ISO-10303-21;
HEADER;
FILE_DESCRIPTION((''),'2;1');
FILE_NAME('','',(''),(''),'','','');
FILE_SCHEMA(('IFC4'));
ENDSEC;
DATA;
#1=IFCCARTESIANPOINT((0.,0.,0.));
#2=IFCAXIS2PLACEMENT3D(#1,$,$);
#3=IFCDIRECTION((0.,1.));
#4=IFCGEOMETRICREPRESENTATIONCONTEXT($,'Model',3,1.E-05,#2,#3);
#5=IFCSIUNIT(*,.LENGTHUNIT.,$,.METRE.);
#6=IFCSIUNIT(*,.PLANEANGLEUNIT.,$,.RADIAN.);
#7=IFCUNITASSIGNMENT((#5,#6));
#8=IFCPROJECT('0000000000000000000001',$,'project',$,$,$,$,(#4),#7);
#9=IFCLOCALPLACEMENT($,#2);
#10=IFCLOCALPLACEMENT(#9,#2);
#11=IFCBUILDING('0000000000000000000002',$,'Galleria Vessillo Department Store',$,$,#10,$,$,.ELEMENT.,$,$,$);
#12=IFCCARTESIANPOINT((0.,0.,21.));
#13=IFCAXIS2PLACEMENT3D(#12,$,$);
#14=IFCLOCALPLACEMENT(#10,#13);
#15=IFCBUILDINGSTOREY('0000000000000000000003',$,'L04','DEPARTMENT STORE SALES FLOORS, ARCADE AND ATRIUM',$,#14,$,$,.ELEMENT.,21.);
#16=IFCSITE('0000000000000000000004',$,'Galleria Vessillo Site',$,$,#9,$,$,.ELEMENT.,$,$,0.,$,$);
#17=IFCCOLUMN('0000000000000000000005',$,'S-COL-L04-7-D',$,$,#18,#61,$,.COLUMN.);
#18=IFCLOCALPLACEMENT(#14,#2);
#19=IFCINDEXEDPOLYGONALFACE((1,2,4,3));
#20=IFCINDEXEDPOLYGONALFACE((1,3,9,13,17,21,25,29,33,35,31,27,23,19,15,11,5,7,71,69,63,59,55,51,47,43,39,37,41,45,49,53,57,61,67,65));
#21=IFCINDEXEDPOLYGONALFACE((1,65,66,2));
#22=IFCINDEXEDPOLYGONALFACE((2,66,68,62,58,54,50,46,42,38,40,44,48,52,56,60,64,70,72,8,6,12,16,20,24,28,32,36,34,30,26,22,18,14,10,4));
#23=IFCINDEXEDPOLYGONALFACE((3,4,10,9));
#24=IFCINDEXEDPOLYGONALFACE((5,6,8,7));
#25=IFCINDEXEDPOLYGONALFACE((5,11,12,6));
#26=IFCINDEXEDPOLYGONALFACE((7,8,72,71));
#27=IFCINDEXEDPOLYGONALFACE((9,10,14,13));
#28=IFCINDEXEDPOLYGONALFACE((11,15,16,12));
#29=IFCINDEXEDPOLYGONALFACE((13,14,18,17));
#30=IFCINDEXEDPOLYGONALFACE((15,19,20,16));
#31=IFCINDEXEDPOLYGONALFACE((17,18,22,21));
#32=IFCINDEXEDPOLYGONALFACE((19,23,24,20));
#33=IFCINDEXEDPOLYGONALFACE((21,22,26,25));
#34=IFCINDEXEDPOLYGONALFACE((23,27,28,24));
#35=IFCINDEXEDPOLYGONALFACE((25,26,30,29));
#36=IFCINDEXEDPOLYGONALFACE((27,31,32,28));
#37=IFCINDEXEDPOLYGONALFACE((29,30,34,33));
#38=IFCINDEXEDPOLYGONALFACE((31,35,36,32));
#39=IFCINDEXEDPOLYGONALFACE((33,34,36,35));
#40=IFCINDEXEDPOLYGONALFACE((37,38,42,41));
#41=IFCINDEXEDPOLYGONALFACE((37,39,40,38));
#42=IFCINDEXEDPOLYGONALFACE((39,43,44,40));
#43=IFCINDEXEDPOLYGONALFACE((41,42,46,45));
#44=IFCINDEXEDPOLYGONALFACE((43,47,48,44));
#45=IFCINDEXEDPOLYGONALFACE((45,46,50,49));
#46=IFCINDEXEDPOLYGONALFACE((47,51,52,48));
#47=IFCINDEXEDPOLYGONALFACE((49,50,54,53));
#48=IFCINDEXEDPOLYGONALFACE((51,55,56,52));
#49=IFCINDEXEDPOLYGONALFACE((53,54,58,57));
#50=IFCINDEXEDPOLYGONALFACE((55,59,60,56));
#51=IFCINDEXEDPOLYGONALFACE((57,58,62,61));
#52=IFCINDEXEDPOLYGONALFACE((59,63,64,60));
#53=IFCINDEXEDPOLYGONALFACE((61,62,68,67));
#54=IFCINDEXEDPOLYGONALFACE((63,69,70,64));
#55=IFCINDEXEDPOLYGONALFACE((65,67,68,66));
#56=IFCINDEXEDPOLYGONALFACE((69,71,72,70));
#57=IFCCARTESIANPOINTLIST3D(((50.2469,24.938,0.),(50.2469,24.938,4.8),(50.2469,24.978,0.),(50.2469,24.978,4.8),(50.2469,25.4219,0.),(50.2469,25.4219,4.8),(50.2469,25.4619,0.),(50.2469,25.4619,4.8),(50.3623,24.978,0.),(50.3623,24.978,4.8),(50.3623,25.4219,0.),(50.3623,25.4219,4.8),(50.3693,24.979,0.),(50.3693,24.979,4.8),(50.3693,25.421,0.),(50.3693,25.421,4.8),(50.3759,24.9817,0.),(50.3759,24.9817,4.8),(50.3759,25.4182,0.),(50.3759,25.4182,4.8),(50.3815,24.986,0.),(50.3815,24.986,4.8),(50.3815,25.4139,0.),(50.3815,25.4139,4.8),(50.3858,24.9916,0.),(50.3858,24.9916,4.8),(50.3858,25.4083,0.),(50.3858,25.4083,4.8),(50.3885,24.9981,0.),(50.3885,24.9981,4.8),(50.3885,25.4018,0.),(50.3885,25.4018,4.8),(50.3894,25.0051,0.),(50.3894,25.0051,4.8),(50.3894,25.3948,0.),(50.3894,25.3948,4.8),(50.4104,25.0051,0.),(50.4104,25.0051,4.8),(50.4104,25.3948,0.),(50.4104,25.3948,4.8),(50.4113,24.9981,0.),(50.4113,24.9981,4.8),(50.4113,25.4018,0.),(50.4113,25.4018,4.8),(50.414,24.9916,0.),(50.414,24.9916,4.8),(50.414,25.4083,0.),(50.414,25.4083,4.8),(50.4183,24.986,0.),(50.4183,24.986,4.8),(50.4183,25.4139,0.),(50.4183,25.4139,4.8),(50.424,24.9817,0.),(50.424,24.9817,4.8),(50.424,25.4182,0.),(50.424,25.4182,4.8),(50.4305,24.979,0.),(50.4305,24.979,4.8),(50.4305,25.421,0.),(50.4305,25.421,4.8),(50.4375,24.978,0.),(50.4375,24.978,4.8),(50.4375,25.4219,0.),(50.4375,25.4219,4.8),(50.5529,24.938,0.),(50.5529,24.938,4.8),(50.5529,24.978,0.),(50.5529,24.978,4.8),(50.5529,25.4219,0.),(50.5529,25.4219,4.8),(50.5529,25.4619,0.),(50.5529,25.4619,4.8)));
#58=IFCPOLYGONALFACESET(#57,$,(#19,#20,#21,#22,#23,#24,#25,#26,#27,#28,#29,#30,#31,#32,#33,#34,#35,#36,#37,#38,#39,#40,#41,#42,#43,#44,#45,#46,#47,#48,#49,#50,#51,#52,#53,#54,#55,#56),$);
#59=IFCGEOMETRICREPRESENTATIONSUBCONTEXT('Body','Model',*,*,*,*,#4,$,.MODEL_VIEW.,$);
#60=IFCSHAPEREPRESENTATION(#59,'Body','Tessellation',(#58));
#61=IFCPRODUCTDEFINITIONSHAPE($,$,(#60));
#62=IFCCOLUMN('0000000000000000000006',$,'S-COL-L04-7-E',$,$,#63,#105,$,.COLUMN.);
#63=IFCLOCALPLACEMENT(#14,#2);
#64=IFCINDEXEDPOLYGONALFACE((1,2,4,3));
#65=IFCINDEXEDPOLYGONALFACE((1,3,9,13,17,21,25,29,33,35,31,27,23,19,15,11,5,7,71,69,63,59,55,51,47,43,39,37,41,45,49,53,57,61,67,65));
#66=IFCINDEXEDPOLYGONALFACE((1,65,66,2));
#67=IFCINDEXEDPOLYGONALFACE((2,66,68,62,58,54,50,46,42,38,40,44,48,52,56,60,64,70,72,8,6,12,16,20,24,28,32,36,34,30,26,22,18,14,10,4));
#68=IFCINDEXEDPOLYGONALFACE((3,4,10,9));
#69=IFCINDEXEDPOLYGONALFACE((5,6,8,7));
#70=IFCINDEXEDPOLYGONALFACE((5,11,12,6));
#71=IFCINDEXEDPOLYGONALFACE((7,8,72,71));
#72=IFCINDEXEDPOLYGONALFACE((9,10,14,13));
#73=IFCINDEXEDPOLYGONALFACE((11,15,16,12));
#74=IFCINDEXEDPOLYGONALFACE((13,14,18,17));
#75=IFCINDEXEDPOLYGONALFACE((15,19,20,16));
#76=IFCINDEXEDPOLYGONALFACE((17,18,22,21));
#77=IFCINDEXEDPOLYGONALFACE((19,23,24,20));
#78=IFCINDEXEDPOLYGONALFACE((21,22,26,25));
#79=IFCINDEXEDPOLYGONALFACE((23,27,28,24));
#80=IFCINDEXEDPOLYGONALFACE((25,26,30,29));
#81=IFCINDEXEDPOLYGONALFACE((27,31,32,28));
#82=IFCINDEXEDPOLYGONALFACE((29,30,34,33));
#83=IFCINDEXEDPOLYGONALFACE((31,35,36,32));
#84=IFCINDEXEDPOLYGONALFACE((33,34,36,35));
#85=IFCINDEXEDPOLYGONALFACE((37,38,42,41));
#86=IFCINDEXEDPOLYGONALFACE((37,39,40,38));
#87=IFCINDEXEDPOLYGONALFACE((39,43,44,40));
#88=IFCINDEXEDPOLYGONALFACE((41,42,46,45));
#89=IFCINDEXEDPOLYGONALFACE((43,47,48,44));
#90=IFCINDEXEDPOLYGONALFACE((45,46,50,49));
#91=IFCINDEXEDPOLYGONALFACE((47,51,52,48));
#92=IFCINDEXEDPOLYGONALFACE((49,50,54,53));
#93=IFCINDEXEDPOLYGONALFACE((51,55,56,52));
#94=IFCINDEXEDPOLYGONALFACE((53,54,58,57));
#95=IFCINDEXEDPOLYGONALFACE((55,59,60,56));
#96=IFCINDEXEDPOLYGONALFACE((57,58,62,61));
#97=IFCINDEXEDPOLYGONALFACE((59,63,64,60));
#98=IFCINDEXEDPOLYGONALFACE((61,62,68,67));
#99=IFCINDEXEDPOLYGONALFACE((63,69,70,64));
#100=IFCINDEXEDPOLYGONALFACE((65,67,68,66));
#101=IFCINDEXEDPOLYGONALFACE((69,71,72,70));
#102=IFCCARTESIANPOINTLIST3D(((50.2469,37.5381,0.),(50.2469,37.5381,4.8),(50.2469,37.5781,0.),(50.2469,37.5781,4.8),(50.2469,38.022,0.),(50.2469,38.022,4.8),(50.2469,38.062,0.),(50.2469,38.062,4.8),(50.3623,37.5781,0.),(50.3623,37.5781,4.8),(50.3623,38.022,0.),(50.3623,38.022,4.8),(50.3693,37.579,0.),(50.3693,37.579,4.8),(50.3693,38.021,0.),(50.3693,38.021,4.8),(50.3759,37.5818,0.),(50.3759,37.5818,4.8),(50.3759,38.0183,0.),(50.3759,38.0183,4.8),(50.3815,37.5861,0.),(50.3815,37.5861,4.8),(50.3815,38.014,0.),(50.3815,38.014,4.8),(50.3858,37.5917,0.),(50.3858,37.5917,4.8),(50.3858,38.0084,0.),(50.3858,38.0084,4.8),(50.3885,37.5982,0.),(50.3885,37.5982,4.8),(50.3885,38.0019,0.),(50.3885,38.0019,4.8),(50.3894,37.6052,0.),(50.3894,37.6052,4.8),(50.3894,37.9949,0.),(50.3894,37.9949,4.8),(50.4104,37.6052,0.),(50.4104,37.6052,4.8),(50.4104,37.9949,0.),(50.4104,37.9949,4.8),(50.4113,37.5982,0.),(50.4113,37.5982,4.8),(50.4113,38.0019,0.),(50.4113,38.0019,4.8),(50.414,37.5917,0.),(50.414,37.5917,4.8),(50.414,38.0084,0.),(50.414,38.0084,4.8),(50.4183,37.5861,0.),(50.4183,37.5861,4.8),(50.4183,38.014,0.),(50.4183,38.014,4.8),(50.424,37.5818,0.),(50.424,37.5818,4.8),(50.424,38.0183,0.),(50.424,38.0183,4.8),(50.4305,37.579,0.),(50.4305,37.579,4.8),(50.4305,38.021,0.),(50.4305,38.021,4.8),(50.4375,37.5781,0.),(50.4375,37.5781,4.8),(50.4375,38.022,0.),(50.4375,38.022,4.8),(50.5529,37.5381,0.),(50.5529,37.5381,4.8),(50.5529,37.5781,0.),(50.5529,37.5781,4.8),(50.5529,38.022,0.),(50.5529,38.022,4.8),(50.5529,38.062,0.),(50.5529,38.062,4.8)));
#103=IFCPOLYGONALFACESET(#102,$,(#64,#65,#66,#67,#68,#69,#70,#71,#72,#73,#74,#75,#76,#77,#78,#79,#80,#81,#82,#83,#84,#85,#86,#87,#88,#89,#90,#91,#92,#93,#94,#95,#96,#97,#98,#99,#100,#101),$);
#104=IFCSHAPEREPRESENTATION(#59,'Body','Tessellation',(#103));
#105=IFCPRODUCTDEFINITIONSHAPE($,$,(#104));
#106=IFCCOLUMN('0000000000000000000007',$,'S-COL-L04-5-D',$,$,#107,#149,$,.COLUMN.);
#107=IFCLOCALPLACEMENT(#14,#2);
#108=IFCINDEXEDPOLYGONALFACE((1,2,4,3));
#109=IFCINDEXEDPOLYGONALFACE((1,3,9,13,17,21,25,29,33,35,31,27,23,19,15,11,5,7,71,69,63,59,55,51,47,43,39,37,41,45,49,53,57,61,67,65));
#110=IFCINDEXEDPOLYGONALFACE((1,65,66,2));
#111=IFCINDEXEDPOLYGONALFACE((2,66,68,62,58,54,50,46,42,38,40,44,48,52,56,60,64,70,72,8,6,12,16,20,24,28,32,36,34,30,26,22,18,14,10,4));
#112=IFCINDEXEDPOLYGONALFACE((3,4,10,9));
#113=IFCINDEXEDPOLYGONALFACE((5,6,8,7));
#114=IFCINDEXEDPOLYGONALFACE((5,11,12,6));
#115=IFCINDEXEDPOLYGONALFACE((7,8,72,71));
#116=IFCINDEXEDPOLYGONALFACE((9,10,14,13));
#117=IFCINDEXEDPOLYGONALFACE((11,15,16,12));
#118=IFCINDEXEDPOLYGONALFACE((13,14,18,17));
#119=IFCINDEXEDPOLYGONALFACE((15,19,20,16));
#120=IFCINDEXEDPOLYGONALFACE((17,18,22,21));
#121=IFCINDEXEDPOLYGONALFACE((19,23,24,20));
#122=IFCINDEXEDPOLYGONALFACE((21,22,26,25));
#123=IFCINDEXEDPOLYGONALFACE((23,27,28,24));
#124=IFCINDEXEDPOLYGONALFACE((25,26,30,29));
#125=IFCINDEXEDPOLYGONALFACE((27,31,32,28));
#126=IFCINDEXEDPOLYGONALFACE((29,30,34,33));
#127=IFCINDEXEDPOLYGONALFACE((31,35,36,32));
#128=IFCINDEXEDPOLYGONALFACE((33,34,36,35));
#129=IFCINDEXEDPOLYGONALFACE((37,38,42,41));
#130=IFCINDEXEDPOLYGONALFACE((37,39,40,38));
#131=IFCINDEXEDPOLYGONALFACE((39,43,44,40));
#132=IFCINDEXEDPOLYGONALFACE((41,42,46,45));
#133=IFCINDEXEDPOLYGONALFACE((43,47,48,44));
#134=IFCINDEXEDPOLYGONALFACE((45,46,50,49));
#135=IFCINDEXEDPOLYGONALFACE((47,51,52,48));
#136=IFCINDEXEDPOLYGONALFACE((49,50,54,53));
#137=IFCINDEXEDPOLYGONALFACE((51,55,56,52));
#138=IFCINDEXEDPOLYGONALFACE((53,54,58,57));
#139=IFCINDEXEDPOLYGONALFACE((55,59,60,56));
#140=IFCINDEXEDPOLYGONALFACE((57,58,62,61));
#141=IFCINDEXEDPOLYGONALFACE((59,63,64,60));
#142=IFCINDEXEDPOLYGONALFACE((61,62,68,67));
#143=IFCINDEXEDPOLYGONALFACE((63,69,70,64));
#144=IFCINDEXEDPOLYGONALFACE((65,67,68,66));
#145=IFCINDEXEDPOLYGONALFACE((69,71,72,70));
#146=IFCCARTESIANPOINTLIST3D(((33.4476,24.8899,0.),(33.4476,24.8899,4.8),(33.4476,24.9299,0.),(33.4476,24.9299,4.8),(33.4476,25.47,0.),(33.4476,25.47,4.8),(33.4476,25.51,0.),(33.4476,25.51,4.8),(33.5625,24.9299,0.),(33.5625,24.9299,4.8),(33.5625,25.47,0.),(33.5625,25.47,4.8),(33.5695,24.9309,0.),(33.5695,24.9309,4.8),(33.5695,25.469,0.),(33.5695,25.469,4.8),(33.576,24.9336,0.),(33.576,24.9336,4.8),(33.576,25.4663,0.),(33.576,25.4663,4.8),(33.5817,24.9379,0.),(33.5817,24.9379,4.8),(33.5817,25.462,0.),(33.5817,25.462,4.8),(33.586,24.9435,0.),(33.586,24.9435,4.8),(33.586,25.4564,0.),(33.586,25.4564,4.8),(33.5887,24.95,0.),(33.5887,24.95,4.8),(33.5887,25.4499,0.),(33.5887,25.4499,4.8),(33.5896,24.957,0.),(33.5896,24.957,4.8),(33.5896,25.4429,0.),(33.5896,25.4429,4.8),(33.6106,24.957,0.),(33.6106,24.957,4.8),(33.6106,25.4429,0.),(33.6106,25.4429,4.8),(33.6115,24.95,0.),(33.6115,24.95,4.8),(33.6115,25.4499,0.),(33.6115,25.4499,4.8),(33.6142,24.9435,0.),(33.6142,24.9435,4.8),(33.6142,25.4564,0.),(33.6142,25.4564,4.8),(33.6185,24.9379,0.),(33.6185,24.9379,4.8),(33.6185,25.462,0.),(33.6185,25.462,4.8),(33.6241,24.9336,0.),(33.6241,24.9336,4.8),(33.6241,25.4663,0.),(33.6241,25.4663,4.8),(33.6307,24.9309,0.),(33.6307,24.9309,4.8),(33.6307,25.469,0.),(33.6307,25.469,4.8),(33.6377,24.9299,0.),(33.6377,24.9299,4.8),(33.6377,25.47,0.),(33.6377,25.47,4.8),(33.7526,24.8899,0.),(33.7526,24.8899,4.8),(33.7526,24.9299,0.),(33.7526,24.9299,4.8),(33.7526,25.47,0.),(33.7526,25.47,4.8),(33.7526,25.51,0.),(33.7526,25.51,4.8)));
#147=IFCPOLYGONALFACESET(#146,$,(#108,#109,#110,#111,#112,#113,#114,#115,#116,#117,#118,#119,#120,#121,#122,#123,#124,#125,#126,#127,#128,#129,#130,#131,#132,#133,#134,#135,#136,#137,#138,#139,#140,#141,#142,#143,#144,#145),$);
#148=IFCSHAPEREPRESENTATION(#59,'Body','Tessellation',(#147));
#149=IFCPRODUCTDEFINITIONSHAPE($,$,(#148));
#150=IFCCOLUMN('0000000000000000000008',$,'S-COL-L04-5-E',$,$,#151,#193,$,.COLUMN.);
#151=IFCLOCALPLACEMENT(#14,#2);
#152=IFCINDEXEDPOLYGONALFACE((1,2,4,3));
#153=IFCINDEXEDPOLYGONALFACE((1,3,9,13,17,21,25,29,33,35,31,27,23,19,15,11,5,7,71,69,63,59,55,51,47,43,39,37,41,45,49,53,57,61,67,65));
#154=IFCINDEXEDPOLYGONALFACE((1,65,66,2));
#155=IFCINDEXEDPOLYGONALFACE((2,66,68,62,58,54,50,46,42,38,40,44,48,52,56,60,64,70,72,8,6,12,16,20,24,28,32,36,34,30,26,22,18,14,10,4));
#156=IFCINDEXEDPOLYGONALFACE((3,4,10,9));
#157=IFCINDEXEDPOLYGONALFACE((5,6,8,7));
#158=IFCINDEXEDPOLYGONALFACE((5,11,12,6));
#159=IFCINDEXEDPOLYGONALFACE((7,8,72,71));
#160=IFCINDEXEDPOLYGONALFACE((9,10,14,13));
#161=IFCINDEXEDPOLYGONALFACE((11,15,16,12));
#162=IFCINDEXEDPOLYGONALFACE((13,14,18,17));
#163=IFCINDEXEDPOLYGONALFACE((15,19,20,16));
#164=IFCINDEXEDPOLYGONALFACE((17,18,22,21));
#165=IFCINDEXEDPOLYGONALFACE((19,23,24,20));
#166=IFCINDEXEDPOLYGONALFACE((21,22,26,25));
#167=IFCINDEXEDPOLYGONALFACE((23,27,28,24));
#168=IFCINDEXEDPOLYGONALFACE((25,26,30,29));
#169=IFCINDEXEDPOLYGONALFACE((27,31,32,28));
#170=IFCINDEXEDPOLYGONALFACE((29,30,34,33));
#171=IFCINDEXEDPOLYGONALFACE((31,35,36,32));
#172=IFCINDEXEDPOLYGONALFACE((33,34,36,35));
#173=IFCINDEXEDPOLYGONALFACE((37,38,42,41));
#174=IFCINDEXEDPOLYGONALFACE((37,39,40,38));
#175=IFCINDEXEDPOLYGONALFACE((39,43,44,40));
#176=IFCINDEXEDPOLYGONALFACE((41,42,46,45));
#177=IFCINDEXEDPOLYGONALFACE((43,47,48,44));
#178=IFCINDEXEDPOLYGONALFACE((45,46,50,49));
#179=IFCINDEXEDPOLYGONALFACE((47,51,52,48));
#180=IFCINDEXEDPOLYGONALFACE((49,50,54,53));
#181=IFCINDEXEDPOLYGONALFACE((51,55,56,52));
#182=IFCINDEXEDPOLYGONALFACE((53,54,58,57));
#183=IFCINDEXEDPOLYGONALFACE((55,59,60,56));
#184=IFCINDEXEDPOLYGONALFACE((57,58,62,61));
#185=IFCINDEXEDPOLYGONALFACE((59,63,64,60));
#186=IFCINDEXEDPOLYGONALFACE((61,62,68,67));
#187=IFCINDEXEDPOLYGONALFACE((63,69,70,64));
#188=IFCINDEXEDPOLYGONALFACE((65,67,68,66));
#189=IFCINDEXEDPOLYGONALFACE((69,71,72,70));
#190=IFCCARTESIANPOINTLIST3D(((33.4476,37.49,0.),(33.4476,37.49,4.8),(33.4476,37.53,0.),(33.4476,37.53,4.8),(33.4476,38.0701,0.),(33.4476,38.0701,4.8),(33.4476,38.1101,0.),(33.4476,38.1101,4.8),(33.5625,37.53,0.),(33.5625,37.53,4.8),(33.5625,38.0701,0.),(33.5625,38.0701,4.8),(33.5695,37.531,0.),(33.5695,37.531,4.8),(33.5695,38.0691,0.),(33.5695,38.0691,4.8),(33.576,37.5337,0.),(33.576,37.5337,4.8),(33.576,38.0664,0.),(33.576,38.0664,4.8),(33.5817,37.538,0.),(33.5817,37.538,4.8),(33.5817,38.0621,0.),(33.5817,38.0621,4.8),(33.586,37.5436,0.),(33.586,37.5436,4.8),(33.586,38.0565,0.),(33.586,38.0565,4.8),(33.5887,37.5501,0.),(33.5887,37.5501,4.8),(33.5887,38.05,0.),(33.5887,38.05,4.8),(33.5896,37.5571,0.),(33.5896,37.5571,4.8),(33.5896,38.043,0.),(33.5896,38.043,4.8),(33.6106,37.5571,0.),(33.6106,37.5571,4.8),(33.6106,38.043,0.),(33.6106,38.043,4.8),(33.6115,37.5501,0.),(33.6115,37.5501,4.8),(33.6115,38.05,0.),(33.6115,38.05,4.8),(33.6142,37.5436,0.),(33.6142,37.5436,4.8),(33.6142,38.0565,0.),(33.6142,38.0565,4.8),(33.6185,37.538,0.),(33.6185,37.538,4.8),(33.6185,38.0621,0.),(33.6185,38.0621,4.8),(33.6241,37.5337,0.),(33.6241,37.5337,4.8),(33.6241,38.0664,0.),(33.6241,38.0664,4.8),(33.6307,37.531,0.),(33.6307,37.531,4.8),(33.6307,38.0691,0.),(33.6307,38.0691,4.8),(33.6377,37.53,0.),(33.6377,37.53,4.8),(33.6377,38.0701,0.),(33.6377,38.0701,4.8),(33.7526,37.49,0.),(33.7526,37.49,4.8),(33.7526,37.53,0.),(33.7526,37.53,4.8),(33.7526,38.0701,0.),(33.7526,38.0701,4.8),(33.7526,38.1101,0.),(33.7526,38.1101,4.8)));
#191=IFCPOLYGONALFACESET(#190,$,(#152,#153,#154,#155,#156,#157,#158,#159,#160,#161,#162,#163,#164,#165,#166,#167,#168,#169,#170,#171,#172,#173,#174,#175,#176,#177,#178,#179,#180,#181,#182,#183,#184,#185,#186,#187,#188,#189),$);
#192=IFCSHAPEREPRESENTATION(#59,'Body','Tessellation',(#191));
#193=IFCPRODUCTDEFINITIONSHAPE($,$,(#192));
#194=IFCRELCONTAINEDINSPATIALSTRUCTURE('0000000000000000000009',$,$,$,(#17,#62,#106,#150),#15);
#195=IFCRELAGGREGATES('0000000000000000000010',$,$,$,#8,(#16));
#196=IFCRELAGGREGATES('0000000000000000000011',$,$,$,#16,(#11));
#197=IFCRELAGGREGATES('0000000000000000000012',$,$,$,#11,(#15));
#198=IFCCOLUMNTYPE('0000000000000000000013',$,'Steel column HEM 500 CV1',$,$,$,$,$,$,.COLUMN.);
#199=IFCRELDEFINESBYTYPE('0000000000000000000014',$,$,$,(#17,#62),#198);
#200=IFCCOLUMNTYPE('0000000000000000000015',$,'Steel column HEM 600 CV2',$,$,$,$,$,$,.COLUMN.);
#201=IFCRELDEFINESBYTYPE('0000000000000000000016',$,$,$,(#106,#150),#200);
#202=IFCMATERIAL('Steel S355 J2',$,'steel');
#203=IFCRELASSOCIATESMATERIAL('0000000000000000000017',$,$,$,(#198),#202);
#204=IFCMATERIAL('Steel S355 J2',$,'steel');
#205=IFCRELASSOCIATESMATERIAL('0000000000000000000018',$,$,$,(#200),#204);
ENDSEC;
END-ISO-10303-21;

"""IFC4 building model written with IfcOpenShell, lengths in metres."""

from ifc_helpers import new_model, si_unit, direction, frame, origin, origin_2d, place, context, subcontext, project, spatial, i_section, extrude, material, material_profile, profile_set, type_object, element, save


model = new_model("IFC4")

# Units and contexts
model_context = context("Model", 3, precision=1e-05, world=origin(), true_north=direction((0.0, 1.0)))
body_context = subcontext(model_context, "Body", "Model", "MODEL_VIEW")
ifc_project = project(units=[si_unit("LENGTHUNIT", "METRE"), si_unit("PLANEANGLEUNIT", "RADIAN")], contexts=[model_context])

# Site, building, storey
site_placement = place(None, origin())
site = spatial("IfcSite", under=ifc_project, at=site_placement, Name="Galleria Vessillo Site", CompositionType="ELEMENT", RefElevation=0.0)
building_placement = place(site_placement, origin())
building = spatial("IfcBuilding", under=site, at=building_placement, Name="Galleria Vessillo Department Store", CompositionType="ELEMENT")
storey_placement = place(building_placement, frame((0.0, 0.0, 21.0)))
storey = spatial("IfcBuildingStorey", under=building, at=storey_placement, Name="L04", Description="DEPARTMENT STORE SALES FLOORS, ARCADE AND ATRIUM", CompositionType="ELEMENT", Elevation=21.0)

# Columns
ifc_material_1 = material(Name="Steel S355 J2", Category="steel")
ifc_material_profile_1 = material_profile(ifc_material_1, i_section(OverallWidth=0.3059, OverallDepth=0.5239, WebThickness=0.021, FlangeThickness=0.04, FilletRadius=0.0271, at=origin_2d()), Name="HEM 500")
ifc_profile_set_1 = profile_set([ifc_material_profile_1], Name="Steel S355 J2")
column_type_1 = type_object("IfcColumnType", Name="Steel column HEM 500 CV1", PredefinedType="COLUMN", material=ifc_profile_set_1)
for number, where, z_axis, x_axis, name in (
    (1, (50.3999, 25.2, 0.0), (0.0, 0.0, 1.0), (1.0, 0.0, 0.0), "S-COL-L04-7-D"),
    (2, (50.3999, 37.8, 0.0), (0.0, 0.0, 1.0), (1.0, 0.0, 0.0), "S-COL-L04-7-E"),
):
    element("IfcColumn", number, at=place(storey_placement, frame(where, z_axis=z_axis, x_axis=x_axis)), inside=storey, type_object=column_type_1, Name=name, PredefinedType="COLUMN", context=body_context, shape_type="SweptSolid", body=[
        extrude(i_section(OverallWidth=0.3059, OverallDepth=0.5239, WebThickness=0.021, FlangeThickness=0.04, FilletRadius=0.0271, at=origin_2d()), origin(), (0.0, 0.0, 1.0), 4.8),
    ])
ifc_material_2 = material(Name="Steel S355 J2", Category="steel")
ifc_material_profile_2 = material_profile(ifc_material_2, i_section(OverallWidth=0.3049, OverallDepth=0.6201, WebThickness=0.021, FlangeThickness=0.04, FilletRadius=0.0271, at=origin_2d()), Name="HEM 600")
ifc_profile_set_2 = profile_set([ifc_material_profile_2], Name="Steel S355 J2")
column_type_2 = type_object("IfcColumnType", Name="Steel column HEM 600 CV2", PredefinedType="COLUMN", material=ifc_profile_set_2)
for number, where, z_axis, x_axis, name in (
    (3, (33.6001, 25.2, 0.0), (0.0, 0.0, 1.0), (1.0, 0.0, 0.0), "S-COL-L04-5-D"),
    (4, (33.6001, 37.8, 0.0), (0.0, 0.0, 1.0), (1.0, 0.0, 0.0), "S-COL-L04-5-E"),
):
    element("IfcColumn", number, at=place(storey_placement, frame(where, z_axis=z_axis, x_axis=x_axis)), inside=storey, type_object=column_type_2, Name=name, PredefinedType="COLUMN", context=body_context, shape_type="SweptSolid", body=[
        extrude(i_section(OverallWidth=0.3049, OverallDepth=0.6201, WebThickness=0.021, FlangeThickness=0.04, FilletRadius=0.0271, at=origin_2d()), origin(), (0.0, 0.0, 1.0), 4.8),
    ])

save(model, "model.ifc")
